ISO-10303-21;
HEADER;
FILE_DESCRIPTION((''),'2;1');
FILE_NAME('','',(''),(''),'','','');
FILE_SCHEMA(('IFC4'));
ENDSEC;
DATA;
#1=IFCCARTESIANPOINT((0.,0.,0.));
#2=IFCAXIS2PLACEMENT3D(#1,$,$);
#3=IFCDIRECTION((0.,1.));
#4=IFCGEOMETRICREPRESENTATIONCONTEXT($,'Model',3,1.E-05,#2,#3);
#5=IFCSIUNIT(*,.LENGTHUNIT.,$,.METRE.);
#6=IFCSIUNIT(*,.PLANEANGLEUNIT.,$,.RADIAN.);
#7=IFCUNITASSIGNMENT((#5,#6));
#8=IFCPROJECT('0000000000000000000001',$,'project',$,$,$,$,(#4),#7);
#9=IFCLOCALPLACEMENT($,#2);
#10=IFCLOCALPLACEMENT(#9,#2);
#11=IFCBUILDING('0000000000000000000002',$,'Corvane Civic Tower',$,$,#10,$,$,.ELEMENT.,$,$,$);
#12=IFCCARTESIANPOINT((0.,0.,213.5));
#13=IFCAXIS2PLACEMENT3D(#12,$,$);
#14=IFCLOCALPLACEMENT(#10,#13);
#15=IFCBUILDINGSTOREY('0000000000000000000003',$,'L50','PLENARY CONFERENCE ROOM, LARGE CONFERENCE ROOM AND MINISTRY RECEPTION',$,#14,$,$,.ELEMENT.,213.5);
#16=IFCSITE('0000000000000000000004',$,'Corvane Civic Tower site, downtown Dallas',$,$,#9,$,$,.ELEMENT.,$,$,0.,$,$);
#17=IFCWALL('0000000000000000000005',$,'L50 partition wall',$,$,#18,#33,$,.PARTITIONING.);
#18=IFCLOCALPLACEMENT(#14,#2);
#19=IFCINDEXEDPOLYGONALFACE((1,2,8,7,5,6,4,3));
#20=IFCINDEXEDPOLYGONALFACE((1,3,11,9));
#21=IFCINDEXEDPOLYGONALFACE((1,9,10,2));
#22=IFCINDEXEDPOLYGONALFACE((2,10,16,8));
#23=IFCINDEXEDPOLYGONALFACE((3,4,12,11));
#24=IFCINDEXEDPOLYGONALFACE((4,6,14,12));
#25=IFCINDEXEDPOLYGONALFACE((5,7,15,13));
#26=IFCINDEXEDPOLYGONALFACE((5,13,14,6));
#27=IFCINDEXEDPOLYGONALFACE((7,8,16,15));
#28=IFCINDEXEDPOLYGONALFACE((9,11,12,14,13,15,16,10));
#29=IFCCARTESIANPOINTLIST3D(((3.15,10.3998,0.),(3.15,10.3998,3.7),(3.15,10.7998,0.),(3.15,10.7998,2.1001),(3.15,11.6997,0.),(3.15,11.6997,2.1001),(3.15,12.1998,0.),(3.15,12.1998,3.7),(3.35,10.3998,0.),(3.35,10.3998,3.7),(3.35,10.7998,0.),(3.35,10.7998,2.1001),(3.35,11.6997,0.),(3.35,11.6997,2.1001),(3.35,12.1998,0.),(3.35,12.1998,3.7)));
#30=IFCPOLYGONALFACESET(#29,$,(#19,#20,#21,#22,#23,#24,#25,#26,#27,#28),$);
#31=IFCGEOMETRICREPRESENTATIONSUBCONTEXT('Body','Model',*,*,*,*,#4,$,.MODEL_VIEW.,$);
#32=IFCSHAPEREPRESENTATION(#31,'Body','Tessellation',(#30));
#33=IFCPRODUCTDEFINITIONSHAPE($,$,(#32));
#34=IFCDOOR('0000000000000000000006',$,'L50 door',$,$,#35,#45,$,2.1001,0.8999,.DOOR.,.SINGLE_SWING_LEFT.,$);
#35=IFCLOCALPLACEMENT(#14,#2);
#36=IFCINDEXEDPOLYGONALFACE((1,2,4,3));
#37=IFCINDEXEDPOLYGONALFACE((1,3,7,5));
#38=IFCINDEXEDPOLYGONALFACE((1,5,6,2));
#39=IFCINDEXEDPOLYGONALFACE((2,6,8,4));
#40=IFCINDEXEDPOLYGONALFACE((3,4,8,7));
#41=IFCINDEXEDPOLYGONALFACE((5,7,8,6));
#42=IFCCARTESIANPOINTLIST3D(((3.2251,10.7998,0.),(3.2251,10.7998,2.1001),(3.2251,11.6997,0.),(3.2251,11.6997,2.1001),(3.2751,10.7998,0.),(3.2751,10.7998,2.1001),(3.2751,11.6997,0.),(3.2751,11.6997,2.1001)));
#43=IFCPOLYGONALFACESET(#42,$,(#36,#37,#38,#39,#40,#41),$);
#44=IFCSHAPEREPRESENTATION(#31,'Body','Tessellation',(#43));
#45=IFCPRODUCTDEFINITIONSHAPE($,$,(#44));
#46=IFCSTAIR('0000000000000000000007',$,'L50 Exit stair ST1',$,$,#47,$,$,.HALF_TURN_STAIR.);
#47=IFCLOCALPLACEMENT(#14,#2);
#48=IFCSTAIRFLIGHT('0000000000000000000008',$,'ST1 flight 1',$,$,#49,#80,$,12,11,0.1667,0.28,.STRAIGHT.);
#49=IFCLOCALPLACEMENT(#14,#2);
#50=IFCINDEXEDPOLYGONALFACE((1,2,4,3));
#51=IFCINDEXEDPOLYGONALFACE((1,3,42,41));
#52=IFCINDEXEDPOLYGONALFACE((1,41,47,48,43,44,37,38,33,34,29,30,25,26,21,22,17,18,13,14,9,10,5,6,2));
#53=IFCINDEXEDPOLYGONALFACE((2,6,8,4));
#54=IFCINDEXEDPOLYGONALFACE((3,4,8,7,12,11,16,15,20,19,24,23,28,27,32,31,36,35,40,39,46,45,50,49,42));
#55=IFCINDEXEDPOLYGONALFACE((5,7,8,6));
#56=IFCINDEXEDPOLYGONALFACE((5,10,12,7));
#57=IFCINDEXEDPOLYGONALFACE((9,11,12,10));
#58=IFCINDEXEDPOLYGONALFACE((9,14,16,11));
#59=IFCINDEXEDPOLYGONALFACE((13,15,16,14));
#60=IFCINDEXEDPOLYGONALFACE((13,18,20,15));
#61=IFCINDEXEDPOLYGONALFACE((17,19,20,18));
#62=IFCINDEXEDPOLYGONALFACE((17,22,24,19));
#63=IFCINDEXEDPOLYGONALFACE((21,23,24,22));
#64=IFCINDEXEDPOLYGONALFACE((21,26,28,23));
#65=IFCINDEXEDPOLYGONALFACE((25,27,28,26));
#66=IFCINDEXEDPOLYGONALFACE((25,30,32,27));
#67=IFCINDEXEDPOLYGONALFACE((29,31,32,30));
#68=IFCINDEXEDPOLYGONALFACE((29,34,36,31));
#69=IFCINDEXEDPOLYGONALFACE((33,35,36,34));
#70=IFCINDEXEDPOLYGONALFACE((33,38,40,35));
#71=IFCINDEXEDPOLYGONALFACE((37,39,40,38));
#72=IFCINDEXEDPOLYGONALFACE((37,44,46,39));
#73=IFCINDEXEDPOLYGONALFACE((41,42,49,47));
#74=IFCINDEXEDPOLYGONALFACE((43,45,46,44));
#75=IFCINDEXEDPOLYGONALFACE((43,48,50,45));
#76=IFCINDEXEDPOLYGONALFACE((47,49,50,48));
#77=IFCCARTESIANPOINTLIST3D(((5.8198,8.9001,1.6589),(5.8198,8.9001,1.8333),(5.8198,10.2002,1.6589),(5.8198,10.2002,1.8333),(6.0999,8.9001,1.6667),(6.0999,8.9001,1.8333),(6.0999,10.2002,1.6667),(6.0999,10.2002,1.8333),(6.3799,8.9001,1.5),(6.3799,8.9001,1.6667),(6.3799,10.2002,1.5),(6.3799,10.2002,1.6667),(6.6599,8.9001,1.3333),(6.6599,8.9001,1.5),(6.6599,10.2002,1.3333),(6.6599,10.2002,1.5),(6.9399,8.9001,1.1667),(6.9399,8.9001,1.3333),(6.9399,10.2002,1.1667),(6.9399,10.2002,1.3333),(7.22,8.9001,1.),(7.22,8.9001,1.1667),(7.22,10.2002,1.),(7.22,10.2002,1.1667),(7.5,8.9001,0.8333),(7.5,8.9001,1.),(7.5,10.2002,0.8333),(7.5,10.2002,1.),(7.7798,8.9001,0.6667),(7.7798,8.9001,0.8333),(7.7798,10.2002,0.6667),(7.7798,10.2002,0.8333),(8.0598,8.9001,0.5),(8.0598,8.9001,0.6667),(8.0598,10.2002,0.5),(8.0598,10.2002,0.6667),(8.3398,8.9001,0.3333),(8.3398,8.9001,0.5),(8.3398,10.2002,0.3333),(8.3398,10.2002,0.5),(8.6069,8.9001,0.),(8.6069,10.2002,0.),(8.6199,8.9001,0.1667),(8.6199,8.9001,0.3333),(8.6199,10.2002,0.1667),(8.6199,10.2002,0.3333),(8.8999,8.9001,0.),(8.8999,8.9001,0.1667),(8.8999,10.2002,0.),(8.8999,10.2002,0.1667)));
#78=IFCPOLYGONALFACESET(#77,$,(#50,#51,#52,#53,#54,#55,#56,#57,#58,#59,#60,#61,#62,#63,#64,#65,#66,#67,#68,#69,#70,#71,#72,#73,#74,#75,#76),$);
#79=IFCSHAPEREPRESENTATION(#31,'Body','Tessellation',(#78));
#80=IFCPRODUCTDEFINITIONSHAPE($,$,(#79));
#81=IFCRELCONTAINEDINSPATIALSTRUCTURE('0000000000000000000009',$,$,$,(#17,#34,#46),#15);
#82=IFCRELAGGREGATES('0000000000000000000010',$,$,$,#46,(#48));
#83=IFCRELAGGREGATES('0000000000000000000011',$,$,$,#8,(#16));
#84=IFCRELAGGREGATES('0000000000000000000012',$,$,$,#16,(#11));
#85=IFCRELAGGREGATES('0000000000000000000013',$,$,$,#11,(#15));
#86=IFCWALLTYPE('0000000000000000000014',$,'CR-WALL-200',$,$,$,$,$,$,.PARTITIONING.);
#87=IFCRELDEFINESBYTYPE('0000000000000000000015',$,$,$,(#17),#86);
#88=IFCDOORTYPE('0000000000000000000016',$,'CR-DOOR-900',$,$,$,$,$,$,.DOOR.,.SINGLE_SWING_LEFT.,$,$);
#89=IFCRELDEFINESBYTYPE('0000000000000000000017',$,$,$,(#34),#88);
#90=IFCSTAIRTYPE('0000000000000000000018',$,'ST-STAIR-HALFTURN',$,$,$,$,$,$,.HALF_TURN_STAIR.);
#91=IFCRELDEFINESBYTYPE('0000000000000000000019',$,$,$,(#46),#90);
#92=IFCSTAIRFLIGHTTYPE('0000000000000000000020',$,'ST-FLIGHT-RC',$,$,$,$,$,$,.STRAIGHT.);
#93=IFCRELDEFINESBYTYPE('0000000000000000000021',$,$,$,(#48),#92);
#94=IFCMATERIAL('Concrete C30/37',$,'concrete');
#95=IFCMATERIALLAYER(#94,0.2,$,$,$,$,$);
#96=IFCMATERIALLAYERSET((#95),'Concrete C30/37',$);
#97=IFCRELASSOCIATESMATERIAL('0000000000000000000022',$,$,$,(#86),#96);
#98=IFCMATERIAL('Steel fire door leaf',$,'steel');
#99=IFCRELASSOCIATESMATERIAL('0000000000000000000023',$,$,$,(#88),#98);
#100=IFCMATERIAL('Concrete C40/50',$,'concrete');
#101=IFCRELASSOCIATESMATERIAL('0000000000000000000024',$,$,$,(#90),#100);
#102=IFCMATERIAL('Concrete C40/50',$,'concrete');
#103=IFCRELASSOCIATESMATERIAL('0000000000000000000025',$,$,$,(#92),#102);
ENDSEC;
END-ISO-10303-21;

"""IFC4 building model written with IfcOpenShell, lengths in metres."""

from ifc_helpers import new_model, si_unit, direction, frame, frame_2d, origin, place, context, subcontext, project, spatial, polyline, rectangle, outline, extrude, material, layer, layer_set, type_object, element, fill, aggregate, save


model = new_model("IFC4")

# Units and contexts
model_context = context("Model", 3, precision=1e-05, world=origin(), true_north=direction((0.0, 1.0)))
body_context = subcontext(model_context, "Body", "Model", "MODEL_VIEW")
ifc_project = project(units=[si_unit("LENGTHUNIT", "METRE"), si_unit("PLANEANGLEUNIT", "RADIAN")], contexts=[model_context])

# Site, building, storey
site_placement = place(None, origin())
site = spatial("IfcSite", under=ifc_project, at=site_placement, Name="Corvane Civic Tower site, downtown Dallas", CompositionType="ELEMENT", RefElevation=0.0)
building_placement = place(site_placement, origin())
building = spatial("IfcBuilding", under=site, at=building_placement, Name="Corvane Civic Tower", CompositionType="ELEMENT")
storey_placement = place(building_placement, frame((0.0, 0.0, 213.5)))
storey = spatial("IfcBuildingStorey", under=building, at=storey_placement, Name="L50", Description="PLENARY CONFERENCE ROOM, LARGE CONFERENCE ROOM AND MINISTRY RECEPTION", CompositionType="ELEMENT", Elevation=213.5)

# Wall, opening, door
ifc_material_1 = material(Name="Concrete C30/37", Category="concrete")
ifc_layer_1 = layer(ifc_material_1, 0.2)
ifc_layer_set_1 = layer_set([ifc_layer_1], Name="Concrete C30/37")
wall_type = type_object("IfcWallType", Name="CR-WALL-200", PredefinedType="PARTITIONING", material=ifc_layer_set_1)
ifc_material_2 = material(Name="Steel fire door leaf", Category="steel")
door_type = type_object("IfcDoorType", Name="CR-DOOR-900", OperationType="SINGLE_SWING_LEFT", PredefinedType="DOOR", material=ifc_material_2)
wall_1_placement = place(storey_placement, frame((3.25, 10.3999, 0.0), z_axis=(0.0, 0.0, 1.0), x_axis=(0.0, 1.0, 0.0)))
wall_1 = element("IfcWall", 1, at=wall_1_placement, inside=storey, type_object=wall_type, Name="L50 partition wall", PredefinedType="PARTITIONING", context=body_context, shape_type="SweptSolid", body=[
    extrude(rectangle(XDim=1.8, YDim=0.2, at=frame_2d((0.8999, 0.0))), origin(), (0.0, 0.0, 1.0), 3.7),
])
opening_1_placement = place(wall_1_placement, frame((0.3999, 0.0, 0.0)))
opening_1 = element("IfcOpeningElement", 2, at=opening_1_placement, cuts=wall_1, PredefinedType="OPENING", context=body_context, shape_type="SweptSolid", body=[
    extrude(rectangle(XDim=0.8999, YDim=2.1001, at=frame_2d((0.45, 1.05))), frame((0.0, 0.1099, 0.0), z_axis=(0.0, -1.0, 0.0), x_axis=(1.0, 0.0, 0.0)), (0.0, 0.0, 1.0), 0.22),
])
door_1_placement = place(opening_1_placement, origin())
door_1 = element("IfcDoor", 3, at=door_1_placement, inside=storey, type_object=door_type, Name="L50 door", OperationType="SINGLE_SWING_LEFT", OverallHeight=2.1001, OverallWidth=0.8999, PredefinedType="DOOR", context=body_context, shape_type="SweptSolid", body=[
    extrude(rectangle(XDim=0.8999, YDim=2.1001, at=frame_2d((0.45, 1.05))), frame((0.0, 0.0249, 0.0), z_axis=(0.0, -1.0, 0.0), x_axis=(1.0, 0.0, 0.0)), (0.0, 0.0, 1.0), 0.05),
])
fill(opening_1, door_1)

# Stair, stair flight
ifc_material_3 = material(Name="Concrete C40/50", Category="concrete")
stair_type = type_object("IfcStairType", Name="ST-STAIR-HALFTURN", PredefinedType="HALF_TURN_STAIR", material=ifc_material_3)
stair_placement = place(storey_placement, origin())
stair = element("IfcStair", 4, at=stair_placement, inside=storey, type_object=stair_type, Name="L50 Exit stair ST1", PredefinedType="HALF_TURN_STAIR")
ifc_material_4 = material(Name="Concrete C40/50", Category="concrete")
stair_flight_type = type_object("IfcStairFlightType", Name="ST-FLIGHT-RC", PredefinedType="STRAIGHT", material=ifc_material_4)
stair_flight_placement = place(storey_placement, frame((8.8999, 9.55, 0.0), z_axis=(0.0, 0.0, 1.0), x_axis=(-1.0, 0.0, 0.0)))
stair_flight = element("IfcStairFlight", 5, at=stair_flight_placement, type_object=stair_flight_type, Name="ST1 flight 1", NumberOfRisers=12, NumberOfTreads=11, PredefinedType="STRAIGHT", RiserHeight=0.1667, TreadLength=0.28, context=body_context, shape_type="SweptSolid", body=[
    extrude(outline(polyline([(0.0, 0.0), (0.0, 0.1667), (0.28, 0.1667), (0.28, 0.3333), (0.5601, 0.3333), (0.5601, 0.5), (0.8401, 0.5), (0.8401, 0.6667), (1.1201, 0.6667), (1.1201, 0.8333), (1.3999, 0.8333), (1.3999, 1.0), (1.6799, 1.0), (1.6799, 1.1667), (1.96, 1.1667), (1.96, 1.3333), (2.24, 1.3333), (2.24, 1.5), (2.52, 1.5), (2.52, 1.6667), (2.8, 1.6667), (2.8, 1.8333), (3.0801, 1.8333), (3.0801, 2.0), (3.0801, 1.6589), (0.293, 0.0), (0.0, 0.0)])), frame((0.0, 0.6499, 0.0), z_axis=(0.0, -1.0, 0.0), x_axis=(1.0, 0.0, 0.0)), (0.0, 0.0, 1.0), 1.3),
])
aggregate(stair, [stair_flight])

save(model, "model.ifc")
